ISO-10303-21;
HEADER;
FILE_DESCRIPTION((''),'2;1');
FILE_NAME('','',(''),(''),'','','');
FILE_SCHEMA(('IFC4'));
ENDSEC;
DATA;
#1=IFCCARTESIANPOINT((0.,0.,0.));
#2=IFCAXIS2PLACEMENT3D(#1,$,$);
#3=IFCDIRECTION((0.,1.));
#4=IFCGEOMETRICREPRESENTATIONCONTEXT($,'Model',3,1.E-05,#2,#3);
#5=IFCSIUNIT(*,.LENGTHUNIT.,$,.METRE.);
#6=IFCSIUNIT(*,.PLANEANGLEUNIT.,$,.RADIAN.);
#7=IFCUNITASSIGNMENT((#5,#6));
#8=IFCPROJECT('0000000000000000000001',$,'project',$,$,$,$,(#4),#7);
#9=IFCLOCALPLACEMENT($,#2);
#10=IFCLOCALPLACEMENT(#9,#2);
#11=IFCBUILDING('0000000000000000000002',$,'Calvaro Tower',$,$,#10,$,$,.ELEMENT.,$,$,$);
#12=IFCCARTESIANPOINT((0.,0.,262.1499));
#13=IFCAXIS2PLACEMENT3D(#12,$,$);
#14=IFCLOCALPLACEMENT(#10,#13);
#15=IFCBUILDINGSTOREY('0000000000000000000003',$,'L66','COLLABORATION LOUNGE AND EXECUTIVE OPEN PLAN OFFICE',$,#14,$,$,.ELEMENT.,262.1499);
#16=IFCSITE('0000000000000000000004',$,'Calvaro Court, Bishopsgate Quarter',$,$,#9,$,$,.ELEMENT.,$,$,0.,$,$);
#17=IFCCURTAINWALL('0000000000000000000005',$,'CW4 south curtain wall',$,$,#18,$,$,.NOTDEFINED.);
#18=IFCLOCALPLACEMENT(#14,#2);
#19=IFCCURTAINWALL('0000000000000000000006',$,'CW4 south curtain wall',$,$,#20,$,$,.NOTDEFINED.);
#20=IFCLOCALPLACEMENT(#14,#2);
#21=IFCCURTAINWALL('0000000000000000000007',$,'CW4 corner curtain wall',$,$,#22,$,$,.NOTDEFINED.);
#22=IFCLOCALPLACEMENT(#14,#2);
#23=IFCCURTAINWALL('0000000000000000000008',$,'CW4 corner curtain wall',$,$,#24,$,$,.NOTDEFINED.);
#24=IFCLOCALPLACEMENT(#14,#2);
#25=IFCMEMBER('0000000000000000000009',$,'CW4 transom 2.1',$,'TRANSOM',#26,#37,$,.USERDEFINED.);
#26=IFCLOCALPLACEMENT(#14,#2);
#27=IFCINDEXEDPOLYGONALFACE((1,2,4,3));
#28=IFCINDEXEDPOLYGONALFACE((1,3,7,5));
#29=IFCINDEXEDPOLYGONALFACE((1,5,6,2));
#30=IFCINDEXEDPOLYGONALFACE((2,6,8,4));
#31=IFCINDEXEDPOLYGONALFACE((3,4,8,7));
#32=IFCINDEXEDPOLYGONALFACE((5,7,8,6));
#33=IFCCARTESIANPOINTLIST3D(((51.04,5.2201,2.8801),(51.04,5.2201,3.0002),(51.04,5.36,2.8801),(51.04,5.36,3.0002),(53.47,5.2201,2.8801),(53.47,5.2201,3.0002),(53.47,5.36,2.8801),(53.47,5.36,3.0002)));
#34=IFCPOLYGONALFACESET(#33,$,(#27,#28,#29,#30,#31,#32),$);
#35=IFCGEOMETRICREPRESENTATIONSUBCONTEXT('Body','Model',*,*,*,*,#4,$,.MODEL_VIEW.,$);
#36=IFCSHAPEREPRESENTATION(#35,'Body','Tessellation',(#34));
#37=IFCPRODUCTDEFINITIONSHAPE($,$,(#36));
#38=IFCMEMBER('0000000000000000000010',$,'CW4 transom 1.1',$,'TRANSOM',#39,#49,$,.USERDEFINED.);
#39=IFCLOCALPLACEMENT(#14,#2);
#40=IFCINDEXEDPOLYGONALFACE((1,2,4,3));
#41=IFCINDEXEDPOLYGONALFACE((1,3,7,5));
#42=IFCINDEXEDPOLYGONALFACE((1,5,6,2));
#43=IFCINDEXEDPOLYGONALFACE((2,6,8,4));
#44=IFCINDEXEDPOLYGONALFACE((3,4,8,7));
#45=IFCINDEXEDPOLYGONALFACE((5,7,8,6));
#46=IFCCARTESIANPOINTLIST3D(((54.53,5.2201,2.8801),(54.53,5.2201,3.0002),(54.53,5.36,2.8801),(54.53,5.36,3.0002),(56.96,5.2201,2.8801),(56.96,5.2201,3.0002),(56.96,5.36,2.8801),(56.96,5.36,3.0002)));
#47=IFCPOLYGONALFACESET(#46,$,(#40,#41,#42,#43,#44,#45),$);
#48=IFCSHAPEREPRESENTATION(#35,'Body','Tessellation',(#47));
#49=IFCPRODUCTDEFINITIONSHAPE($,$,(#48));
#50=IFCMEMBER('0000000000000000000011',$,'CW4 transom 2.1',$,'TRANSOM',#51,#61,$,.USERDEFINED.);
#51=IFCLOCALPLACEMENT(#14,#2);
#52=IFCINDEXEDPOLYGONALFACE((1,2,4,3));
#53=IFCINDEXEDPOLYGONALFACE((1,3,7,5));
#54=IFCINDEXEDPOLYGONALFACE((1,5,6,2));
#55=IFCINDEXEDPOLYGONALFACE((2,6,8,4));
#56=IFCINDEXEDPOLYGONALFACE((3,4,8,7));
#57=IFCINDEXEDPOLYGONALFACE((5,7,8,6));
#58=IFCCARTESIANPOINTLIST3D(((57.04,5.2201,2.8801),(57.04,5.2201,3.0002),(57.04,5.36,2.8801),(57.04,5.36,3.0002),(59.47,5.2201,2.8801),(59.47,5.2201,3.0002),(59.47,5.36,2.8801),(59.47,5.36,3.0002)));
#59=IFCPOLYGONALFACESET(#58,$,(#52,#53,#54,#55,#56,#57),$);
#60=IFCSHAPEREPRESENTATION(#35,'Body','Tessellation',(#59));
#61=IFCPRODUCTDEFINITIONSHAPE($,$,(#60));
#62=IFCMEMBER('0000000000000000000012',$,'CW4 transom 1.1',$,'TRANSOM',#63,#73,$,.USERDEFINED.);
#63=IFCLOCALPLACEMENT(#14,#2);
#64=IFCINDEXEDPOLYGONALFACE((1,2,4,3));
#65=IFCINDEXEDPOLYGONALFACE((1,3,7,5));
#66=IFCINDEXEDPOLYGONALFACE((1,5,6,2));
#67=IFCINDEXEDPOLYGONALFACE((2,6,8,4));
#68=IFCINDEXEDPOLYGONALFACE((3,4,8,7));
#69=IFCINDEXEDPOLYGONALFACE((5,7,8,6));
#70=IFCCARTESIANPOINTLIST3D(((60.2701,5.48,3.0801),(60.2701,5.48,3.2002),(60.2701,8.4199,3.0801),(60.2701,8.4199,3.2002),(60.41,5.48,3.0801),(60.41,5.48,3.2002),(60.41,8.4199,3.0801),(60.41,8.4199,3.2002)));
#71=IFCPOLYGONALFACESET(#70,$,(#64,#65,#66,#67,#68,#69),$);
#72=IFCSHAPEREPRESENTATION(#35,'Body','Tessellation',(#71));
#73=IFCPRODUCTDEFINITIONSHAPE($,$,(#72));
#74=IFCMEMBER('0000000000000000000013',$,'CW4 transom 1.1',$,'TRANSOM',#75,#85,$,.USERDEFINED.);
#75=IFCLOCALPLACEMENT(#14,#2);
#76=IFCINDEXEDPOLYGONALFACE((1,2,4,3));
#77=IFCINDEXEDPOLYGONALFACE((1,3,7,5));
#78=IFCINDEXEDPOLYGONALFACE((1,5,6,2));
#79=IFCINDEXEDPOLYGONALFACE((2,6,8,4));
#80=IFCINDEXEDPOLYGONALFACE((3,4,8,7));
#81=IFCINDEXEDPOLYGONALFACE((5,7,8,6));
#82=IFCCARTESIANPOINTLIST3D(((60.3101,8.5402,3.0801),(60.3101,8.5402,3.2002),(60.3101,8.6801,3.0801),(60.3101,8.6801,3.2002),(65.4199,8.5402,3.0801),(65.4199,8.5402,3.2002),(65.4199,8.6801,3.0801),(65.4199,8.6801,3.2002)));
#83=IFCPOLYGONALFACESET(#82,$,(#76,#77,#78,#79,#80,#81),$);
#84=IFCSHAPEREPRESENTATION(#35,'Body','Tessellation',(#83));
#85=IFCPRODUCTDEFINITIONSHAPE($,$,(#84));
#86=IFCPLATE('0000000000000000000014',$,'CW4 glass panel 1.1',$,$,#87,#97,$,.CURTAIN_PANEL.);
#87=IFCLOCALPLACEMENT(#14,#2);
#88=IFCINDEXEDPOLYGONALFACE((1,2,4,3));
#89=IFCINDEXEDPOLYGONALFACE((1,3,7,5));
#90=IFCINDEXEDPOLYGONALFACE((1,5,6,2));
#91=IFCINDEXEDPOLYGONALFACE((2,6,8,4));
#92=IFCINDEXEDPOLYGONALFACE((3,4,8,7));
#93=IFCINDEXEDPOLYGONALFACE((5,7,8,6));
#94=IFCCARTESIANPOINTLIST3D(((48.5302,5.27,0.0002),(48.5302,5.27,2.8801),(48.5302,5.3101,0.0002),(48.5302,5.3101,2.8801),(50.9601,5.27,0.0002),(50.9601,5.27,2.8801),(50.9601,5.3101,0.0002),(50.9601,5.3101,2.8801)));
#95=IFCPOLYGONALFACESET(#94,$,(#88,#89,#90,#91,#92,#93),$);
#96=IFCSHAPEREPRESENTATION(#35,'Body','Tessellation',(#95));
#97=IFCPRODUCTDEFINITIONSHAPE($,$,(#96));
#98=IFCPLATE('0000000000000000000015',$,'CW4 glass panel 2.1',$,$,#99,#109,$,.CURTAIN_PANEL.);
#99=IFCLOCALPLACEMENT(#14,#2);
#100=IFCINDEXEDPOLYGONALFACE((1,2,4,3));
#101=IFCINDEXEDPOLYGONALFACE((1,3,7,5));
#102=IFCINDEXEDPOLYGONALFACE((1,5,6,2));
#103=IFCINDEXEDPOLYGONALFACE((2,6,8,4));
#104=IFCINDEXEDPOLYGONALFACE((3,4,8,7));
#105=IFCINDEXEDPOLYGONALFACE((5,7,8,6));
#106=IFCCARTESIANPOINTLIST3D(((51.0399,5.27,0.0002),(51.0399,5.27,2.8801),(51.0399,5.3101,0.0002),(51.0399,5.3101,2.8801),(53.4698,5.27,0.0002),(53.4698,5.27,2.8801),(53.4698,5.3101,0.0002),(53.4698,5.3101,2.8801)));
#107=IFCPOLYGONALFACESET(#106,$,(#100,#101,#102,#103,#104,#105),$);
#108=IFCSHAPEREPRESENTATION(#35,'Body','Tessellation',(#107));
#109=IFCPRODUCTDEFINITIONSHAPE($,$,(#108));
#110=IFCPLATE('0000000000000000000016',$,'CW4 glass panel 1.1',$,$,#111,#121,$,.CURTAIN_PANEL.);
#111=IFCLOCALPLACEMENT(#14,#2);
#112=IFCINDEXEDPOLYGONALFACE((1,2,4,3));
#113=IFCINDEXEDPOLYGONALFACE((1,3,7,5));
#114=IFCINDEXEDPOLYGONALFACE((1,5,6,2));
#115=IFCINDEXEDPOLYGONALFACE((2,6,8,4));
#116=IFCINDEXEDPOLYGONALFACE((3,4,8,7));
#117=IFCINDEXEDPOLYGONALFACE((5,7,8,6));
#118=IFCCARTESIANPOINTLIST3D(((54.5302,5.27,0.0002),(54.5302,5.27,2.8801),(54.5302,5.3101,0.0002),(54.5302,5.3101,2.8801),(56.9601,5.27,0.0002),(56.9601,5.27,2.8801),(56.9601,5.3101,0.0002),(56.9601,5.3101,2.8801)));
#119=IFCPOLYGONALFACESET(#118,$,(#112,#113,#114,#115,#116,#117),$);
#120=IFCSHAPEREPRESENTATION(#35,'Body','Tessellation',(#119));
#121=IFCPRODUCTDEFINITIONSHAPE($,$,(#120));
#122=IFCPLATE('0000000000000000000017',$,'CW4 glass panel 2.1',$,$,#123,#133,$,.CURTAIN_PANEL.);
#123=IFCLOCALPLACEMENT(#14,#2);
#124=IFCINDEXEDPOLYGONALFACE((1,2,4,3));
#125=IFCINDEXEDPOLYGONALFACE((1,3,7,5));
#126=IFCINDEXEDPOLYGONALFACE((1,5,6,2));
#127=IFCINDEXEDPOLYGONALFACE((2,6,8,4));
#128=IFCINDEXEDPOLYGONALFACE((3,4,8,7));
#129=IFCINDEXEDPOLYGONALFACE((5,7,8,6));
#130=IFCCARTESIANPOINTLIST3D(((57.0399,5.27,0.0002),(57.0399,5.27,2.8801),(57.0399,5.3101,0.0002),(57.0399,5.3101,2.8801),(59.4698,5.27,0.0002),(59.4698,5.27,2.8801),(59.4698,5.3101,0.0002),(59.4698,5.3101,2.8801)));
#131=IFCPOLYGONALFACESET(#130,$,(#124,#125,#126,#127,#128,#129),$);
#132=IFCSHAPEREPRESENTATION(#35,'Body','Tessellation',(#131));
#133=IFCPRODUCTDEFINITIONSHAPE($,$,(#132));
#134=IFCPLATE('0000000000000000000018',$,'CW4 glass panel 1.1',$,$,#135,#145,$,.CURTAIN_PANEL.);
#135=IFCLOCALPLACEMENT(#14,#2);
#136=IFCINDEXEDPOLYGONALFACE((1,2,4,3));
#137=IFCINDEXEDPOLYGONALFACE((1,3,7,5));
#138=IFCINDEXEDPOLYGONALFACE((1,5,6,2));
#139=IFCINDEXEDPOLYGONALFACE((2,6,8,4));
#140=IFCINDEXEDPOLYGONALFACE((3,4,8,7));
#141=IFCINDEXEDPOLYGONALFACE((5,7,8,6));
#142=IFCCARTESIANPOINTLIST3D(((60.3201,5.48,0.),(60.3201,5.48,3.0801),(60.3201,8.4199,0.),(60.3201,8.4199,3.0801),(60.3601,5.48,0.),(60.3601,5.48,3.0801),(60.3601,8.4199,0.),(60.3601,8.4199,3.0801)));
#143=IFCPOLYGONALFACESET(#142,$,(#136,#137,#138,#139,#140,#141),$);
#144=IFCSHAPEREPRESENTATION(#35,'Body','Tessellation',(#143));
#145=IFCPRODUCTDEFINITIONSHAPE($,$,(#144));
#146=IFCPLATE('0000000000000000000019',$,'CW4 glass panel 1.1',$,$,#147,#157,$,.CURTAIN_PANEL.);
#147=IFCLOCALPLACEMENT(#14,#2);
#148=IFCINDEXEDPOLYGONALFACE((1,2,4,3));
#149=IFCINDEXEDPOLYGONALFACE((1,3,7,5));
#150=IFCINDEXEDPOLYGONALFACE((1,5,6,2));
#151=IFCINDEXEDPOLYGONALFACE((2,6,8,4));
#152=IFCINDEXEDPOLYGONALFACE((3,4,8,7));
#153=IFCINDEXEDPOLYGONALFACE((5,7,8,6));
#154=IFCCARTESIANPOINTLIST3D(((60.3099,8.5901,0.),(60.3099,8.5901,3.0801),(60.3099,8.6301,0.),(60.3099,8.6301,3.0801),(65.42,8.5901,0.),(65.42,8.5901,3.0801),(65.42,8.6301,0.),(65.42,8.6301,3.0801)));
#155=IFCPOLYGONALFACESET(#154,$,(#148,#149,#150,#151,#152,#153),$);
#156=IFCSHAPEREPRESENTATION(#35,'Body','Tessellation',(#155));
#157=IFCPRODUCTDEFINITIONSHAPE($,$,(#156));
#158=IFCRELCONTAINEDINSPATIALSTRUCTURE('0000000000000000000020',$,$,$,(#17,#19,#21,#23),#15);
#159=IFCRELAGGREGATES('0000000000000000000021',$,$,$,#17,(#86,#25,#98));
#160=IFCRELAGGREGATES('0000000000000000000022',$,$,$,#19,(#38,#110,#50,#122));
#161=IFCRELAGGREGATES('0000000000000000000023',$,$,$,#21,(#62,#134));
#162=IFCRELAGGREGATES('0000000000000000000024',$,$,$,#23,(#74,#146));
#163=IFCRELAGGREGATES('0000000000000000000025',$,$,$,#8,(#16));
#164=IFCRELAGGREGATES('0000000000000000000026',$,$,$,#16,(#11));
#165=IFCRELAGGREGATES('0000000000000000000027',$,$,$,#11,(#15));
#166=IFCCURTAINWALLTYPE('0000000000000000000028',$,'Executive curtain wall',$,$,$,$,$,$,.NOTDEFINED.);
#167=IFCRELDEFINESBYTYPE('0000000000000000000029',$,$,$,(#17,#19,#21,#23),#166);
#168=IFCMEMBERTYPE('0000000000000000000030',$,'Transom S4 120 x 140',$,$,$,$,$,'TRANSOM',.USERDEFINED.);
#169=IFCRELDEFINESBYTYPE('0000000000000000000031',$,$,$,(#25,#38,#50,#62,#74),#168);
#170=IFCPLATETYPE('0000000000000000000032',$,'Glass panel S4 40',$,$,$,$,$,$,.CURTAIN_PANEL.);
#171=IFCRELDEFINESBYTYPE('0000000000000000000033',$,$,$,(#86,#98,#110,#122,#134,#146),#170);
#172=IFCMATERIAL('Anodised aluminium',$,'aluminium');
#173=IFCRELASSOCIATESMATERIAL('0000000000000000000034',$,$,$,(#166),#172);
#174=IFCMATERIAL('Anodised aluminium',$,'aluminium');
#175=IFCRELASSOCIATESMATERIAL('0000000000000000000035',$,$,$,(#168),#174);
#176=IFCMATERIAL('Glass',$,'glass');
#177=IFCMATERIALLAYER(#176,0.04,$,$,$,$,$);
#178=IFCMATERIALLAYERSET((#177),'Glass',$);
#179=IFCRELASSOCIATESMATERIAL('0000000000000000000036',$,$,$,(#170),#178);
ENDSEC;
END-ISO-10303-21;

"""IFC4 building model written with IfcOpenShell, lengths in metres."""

from ifc_helpers import new_model, si_unit, direction, frame, origin, origin_2d, place, context, subcontext, project, spatial, rectangle, extrude, material, layer, layer_set, material_profile, profile_set, type_object, element, aggregate, save


model = new_model("IFC4")

# Units and contexts
model_context = context("Model", 3, precision=1e-05, world=origin(), true_north=direction((0.0, 1.0)))
body_context = subcontext(model_context, "Body", "Model", "MODEL_VIEW")
ifc_project = project(units=[si_unit("LENGTHUNIT", "METRE"), si_unit("PLANEANGLEUNIT", "RADIAN")], contexts=[model_context])

# Site, building, storey
site_placement = place(None, origin())
site = spatial("IfcSite", under=ifc_project, at=site_placement, Name="Calvaro Court, Bishopsgate Quarter", CompositionType="ELEMENT", RefElevation=0.0)
building_placement = place(site_placement, origin())
building = spatial("IfcBuilding", under=site, at=building_placement, Name="Calvaro Tower", CompositionType="ELEMENT")
storey_placement = place(building_placement, frame((0.0, 0.0, 262.1499)))
storey = spatial("IfcBuildingStorey", under=building, at=storey_placement, Name="L66", Description="COLLABORATION LOUNGE AND EXECUTIVE OPEN PLAN OFFICE", CompositionType="ELEMENT", Elevation=262.1499)

# Curtain walls
ifc_material_1 = material(Name="Anodised aluminium", Category="aluminium")
curtain_wall_type = type_object("IfcCurtainWallType", Name="Executive curtain wall", PredefinedType="NOTDEFINED", material=ifc_material_1)
curtain_wall_1_placement = place(storey_placement, origin())
curtain_wall_1 = element("IfcCurtainWall", 1, at=curtain_wall_1_placement, inside=storey, type_object=curtain_wall_type, Name="CW4 south curtain wall", PredefinedType="NOTDEFINED")
curtain_wall_2_placement = place(storey_placement, origin())
curtain_wall_2 = element("IfcCurtainWall", 2, at=curtain_wall_2_placement, inside=storey, type_object=curtain_wall_type, Name="CW4 south curtain wall", PredefinedType="NOTDEFINED")
curtain_wall_3_placement = place(storey_placement, origin())
curtain_wall_3 = element("IfcCurtainWall", 3, at=curtain_wall_3_placement, inside=storey, type_object=curtain_wall_type, Name="CW4 corner curtain wall", PredefinedType="NOTDEFINED")
curtain_wall_4_placement = place(storey_placement, origin())
curtain_wall_4 = element("IfcCurtainWall", 4, at=curtain_wall_4_placement, inside=storey, type_object=curtain_wall_type, Name="CW4 corner curtain wall", PredefinedType="NOTDEFINED")

# Members
ifc_material_2 = material(Name="Anodised aluminium", Category="aluminium")
ifc_material_profile_1 = material_profile(ifc_material_2, rectangle(XDim=0.1399, YDim=0.1201, at=origin_2d()), Name="Transom S4 120 x 140")
ifc_profile_set_1 = profile_set([ifc_material_profile_1], Name="Anodised aluminium")
member_type_1 = type_object("IfcMemberType", Name="Transom S4 120 x 140", ElementType="TRANSOM", PredefinedType="USERDEFINED", material=ifc_profile_set_1)
member_1_placement = place(storey_placement, frame((51.04, 5.29, 2.9402), z_axis=(1.0, 0.0, 0.0), x_axis=(0.0, 1.0, 0.0)))
member_1 = element("IfcMember", 5, at=member_1_placement, type_object=member_type_1, Name="CW4 transom 2.1", ObjectType="TRANSOM", PredefinedType="USERDEFINED", context=body_context, shape_type="SweptSolid", body=[
    extrude(rectangle(XDim=0.1399, YDim=0.1201, at=origin_2d()), origin(), (0.0, 0.0, 1.0), 2.4299),
])
member_2_placement = place(storey_placement, frame((54.53, 5.29, 2.9402), z_axis=(1.0, 0.0, 0.0), x_axis=(0.0, 1.0, 0.0)))
member_2 = element("IfcMember", 6, at=member_2_placement, type_object=member_type_1, Name="CW4 transom 1.1", ObjectType="TRANSOM", PredefinedType="USERDEFINED", context=body_context, shape_type="SweptSolid", body=[
    extrude(rectangle(XDim=0.1399, YDim=0.1201, at=origin_2d()), origin(), (0.0, 0.0, 1.0), 2.4299),
])
member_3_placement = place(storey_placement, frame((57.04, 5.29, 2.9402), z_axis=(1.0, 0.0, 0.0), x_axis=(0.0, 1.0, 0.0)))
member_3 = element("IfcMember", 7, at=member_3_placement, type_object=member_type_1, Name="CW4 transom 2.1", ObjectType="TRANSOM", PredefinedType="USERDEFINED", context=body_context, shape_type="SweptSolid", body=[
    extrude(rectangle(XDim=0.1399, YDim=0.1201, at=origin_2d()), origin(), (0.0, 0.0, 1.0), 2.4299),
])
member_4_placement = place(storey_placement, frame((60.3401, 5.48, 3.1401), z_axis=(0.0, 1.0, 0.0), x_axis=(-1.0, 0.0, 0.0)))
member_4 = element("IfcMember", 8, at=member_4_placement, type_object=member_type_1, Name="CW4 transom 1.1", ObjectType="TRANSOM", PredefinedType="USERDEFINED", context=body_context, shape_type="SweptSolid", body=[
    extrude(rectangle(XDim=0.1399, YDim=0.1201, at=origin_2d()), origin(), (0.0, 0.0, 1.0), 2.9399),
])
member_5_placement = place(storey_placement, frame((60.3101, 8.6101, 3.1401), z_axis=(1.0, 0.0, 0.0), x_axis=(0.0, 1.0, 0.0)))
member_5 = element("IfcMember", 9, at=member_5_placement, type_object=member_type_1, Name="CW4 transom 1.1", ObjectType="TRANSOM", PredefinedType="USERDEFINED", context=body_context, shape_type="SweptSolid", body=[
    extrude(rectangle(XDim=0.1399, YDim=0.1201, at=origin_2d()), origin(), (0.0, 0.0, 1.0), 5.1099),
])

# Plates
ifc_material_3 = material(Name="Glass", Category="glass")
ifc_layer_1 = layer(ifc_material_3, 0.04)
ifc_layer_set_1 = layer_set([ifc_layer_1], Name="Glass")
plate_type = type_object("IfcPlateType", Name="Glass panel S4 40", PredefinedType="CURTAIN_PANEL", material=ifc_layer_set_1)
plate_1_placement = place(storey_placement, frame((49.7451, 5.29, 0.0002), z_axis=(0.0, 0.0, 1.0), x_axis=(1.0, 0.0, 0.0)))
plate_1 = element("IfcPlate", 10, at=plate_1_placement, type_object=plate_type, Name="CW4 glass panel 1.1", PredefinedType="CURTAIN_PANEL", context=body_context, shape_type="SweptSolid", body=[
    extrude(rectangle(XDim=2.4299, YDim=0.04, at=origin_2d()), origin(), (0.0, 0.0, 1.0), 2.8799),
])
plate_2_placement = place(storey_placement, frame((52.2549, 5.29, 0.0002), z_axis=(0.0, 0.0, 1.0), x_axis=(1.0, 0.0, 0.0)))
plate_2 = element("IfcPlate", 11, at=plate_2_placement, type_object=plate_type, Name="CW4 glass panel 2.1", PredefinedType="CURTAIN_PANEL", context=body_context, shape_type="SweptSolid", body=[
    extrude(rectangle(XDim=2.4299, YDim=0.04, at=origin_2d()), origin(), (0.0, 0.0, 1.0), 2.8799),
])
aggregate(curtain_wall_1, [plate_1, member_1, plate_2])
plate_3_placement = place(storey_placement, frame((55.7451, 5.29, 0.0002), z_axis=(0.0, 0.0, 1.0), x_axis=(1.0, 0.0, 0.0)))
plate_3 = element("IfcPlate", 12, at=plate_3_placement, type_object=plate_type, Name="CW4 glass panel 1.1", PredefinedType="CURTAIN_PANEL", context=body_context, shape_type="SweptSolid", body=[
    extrude(rectangle(XDim=2.4299, YDim=0.04, at=origin_2d()), origin(), (0.0, 0.0, 1.0), 2.8799),
])
plate_4_placement = place(storey_placement, frame((58.2549, 5.29, 0.0002), z_axis=(0.0, 0.0, 1.0), x_axis=(1.0, 0.0, 0.0)))
plate_4 = element("IfcPlate", 13, at=plate_4_placement, type_object=plate_type, Name="CW4 glass panel 2.1", PredefinedType="CURTAIN_PANEL", context=body_context, shape_type="SweptSolid", body=[
    extrude(rectangle(XDim=2.4299, YDim=0.04, at=origin_2d()), origin(), (0.0, 0.0, 1.0), 2.8799),
])
aggregate(curtain_wall_2, [member_2, plate_3, member_3, plate_4])
plate_5_placement = place(storey_placement, frame((60.3401, 6.95, 0.0), z_axis=(0.0, 0.0, 1.0), x_axis=(0.0, 1.0, 0.0)))
plate_5 = element("IfcPlate", 14, at=plate_5_placement, type_object=plate_type, Name="CW4 glass panel 1.1", PredefinedType="CURTAIN_PANEL", context=body_context, shape_type="SweptSolid", body=[
    extrude(rectangle(XDim=2.9399, YDim=0.04, at=origin_2d()), origin(), (0.0, 0.0, 1.0), 3.0801),
])
aggregate(curtain_wall_3, [member_4, plate_5])
plate_6_placement = place(storey_placement, frame((62.865, 8.6101, 0.0), z_axis=(0.0, 0.0, 1.0), x_axis=(1.0, 0.0, 0.0)))
plate_6 = element("IfcPlate", 15, at=plate_6_placement, type_object=plate_type, Name="CW4 glass panel 1.1", PredefinedType="CURTAIN_PANEL", context=body_context, shape_type="SweptSolid", body=[
    extrude(rectangle(XDim=5.1101, YDim=0.04, at=origin_2d()), origin(), (0.0, 0.0, 1.0), 3.0801),
])
aggregate(curtain_wall_4, [member_5, plate_6])

save(model, "model.ifc")
